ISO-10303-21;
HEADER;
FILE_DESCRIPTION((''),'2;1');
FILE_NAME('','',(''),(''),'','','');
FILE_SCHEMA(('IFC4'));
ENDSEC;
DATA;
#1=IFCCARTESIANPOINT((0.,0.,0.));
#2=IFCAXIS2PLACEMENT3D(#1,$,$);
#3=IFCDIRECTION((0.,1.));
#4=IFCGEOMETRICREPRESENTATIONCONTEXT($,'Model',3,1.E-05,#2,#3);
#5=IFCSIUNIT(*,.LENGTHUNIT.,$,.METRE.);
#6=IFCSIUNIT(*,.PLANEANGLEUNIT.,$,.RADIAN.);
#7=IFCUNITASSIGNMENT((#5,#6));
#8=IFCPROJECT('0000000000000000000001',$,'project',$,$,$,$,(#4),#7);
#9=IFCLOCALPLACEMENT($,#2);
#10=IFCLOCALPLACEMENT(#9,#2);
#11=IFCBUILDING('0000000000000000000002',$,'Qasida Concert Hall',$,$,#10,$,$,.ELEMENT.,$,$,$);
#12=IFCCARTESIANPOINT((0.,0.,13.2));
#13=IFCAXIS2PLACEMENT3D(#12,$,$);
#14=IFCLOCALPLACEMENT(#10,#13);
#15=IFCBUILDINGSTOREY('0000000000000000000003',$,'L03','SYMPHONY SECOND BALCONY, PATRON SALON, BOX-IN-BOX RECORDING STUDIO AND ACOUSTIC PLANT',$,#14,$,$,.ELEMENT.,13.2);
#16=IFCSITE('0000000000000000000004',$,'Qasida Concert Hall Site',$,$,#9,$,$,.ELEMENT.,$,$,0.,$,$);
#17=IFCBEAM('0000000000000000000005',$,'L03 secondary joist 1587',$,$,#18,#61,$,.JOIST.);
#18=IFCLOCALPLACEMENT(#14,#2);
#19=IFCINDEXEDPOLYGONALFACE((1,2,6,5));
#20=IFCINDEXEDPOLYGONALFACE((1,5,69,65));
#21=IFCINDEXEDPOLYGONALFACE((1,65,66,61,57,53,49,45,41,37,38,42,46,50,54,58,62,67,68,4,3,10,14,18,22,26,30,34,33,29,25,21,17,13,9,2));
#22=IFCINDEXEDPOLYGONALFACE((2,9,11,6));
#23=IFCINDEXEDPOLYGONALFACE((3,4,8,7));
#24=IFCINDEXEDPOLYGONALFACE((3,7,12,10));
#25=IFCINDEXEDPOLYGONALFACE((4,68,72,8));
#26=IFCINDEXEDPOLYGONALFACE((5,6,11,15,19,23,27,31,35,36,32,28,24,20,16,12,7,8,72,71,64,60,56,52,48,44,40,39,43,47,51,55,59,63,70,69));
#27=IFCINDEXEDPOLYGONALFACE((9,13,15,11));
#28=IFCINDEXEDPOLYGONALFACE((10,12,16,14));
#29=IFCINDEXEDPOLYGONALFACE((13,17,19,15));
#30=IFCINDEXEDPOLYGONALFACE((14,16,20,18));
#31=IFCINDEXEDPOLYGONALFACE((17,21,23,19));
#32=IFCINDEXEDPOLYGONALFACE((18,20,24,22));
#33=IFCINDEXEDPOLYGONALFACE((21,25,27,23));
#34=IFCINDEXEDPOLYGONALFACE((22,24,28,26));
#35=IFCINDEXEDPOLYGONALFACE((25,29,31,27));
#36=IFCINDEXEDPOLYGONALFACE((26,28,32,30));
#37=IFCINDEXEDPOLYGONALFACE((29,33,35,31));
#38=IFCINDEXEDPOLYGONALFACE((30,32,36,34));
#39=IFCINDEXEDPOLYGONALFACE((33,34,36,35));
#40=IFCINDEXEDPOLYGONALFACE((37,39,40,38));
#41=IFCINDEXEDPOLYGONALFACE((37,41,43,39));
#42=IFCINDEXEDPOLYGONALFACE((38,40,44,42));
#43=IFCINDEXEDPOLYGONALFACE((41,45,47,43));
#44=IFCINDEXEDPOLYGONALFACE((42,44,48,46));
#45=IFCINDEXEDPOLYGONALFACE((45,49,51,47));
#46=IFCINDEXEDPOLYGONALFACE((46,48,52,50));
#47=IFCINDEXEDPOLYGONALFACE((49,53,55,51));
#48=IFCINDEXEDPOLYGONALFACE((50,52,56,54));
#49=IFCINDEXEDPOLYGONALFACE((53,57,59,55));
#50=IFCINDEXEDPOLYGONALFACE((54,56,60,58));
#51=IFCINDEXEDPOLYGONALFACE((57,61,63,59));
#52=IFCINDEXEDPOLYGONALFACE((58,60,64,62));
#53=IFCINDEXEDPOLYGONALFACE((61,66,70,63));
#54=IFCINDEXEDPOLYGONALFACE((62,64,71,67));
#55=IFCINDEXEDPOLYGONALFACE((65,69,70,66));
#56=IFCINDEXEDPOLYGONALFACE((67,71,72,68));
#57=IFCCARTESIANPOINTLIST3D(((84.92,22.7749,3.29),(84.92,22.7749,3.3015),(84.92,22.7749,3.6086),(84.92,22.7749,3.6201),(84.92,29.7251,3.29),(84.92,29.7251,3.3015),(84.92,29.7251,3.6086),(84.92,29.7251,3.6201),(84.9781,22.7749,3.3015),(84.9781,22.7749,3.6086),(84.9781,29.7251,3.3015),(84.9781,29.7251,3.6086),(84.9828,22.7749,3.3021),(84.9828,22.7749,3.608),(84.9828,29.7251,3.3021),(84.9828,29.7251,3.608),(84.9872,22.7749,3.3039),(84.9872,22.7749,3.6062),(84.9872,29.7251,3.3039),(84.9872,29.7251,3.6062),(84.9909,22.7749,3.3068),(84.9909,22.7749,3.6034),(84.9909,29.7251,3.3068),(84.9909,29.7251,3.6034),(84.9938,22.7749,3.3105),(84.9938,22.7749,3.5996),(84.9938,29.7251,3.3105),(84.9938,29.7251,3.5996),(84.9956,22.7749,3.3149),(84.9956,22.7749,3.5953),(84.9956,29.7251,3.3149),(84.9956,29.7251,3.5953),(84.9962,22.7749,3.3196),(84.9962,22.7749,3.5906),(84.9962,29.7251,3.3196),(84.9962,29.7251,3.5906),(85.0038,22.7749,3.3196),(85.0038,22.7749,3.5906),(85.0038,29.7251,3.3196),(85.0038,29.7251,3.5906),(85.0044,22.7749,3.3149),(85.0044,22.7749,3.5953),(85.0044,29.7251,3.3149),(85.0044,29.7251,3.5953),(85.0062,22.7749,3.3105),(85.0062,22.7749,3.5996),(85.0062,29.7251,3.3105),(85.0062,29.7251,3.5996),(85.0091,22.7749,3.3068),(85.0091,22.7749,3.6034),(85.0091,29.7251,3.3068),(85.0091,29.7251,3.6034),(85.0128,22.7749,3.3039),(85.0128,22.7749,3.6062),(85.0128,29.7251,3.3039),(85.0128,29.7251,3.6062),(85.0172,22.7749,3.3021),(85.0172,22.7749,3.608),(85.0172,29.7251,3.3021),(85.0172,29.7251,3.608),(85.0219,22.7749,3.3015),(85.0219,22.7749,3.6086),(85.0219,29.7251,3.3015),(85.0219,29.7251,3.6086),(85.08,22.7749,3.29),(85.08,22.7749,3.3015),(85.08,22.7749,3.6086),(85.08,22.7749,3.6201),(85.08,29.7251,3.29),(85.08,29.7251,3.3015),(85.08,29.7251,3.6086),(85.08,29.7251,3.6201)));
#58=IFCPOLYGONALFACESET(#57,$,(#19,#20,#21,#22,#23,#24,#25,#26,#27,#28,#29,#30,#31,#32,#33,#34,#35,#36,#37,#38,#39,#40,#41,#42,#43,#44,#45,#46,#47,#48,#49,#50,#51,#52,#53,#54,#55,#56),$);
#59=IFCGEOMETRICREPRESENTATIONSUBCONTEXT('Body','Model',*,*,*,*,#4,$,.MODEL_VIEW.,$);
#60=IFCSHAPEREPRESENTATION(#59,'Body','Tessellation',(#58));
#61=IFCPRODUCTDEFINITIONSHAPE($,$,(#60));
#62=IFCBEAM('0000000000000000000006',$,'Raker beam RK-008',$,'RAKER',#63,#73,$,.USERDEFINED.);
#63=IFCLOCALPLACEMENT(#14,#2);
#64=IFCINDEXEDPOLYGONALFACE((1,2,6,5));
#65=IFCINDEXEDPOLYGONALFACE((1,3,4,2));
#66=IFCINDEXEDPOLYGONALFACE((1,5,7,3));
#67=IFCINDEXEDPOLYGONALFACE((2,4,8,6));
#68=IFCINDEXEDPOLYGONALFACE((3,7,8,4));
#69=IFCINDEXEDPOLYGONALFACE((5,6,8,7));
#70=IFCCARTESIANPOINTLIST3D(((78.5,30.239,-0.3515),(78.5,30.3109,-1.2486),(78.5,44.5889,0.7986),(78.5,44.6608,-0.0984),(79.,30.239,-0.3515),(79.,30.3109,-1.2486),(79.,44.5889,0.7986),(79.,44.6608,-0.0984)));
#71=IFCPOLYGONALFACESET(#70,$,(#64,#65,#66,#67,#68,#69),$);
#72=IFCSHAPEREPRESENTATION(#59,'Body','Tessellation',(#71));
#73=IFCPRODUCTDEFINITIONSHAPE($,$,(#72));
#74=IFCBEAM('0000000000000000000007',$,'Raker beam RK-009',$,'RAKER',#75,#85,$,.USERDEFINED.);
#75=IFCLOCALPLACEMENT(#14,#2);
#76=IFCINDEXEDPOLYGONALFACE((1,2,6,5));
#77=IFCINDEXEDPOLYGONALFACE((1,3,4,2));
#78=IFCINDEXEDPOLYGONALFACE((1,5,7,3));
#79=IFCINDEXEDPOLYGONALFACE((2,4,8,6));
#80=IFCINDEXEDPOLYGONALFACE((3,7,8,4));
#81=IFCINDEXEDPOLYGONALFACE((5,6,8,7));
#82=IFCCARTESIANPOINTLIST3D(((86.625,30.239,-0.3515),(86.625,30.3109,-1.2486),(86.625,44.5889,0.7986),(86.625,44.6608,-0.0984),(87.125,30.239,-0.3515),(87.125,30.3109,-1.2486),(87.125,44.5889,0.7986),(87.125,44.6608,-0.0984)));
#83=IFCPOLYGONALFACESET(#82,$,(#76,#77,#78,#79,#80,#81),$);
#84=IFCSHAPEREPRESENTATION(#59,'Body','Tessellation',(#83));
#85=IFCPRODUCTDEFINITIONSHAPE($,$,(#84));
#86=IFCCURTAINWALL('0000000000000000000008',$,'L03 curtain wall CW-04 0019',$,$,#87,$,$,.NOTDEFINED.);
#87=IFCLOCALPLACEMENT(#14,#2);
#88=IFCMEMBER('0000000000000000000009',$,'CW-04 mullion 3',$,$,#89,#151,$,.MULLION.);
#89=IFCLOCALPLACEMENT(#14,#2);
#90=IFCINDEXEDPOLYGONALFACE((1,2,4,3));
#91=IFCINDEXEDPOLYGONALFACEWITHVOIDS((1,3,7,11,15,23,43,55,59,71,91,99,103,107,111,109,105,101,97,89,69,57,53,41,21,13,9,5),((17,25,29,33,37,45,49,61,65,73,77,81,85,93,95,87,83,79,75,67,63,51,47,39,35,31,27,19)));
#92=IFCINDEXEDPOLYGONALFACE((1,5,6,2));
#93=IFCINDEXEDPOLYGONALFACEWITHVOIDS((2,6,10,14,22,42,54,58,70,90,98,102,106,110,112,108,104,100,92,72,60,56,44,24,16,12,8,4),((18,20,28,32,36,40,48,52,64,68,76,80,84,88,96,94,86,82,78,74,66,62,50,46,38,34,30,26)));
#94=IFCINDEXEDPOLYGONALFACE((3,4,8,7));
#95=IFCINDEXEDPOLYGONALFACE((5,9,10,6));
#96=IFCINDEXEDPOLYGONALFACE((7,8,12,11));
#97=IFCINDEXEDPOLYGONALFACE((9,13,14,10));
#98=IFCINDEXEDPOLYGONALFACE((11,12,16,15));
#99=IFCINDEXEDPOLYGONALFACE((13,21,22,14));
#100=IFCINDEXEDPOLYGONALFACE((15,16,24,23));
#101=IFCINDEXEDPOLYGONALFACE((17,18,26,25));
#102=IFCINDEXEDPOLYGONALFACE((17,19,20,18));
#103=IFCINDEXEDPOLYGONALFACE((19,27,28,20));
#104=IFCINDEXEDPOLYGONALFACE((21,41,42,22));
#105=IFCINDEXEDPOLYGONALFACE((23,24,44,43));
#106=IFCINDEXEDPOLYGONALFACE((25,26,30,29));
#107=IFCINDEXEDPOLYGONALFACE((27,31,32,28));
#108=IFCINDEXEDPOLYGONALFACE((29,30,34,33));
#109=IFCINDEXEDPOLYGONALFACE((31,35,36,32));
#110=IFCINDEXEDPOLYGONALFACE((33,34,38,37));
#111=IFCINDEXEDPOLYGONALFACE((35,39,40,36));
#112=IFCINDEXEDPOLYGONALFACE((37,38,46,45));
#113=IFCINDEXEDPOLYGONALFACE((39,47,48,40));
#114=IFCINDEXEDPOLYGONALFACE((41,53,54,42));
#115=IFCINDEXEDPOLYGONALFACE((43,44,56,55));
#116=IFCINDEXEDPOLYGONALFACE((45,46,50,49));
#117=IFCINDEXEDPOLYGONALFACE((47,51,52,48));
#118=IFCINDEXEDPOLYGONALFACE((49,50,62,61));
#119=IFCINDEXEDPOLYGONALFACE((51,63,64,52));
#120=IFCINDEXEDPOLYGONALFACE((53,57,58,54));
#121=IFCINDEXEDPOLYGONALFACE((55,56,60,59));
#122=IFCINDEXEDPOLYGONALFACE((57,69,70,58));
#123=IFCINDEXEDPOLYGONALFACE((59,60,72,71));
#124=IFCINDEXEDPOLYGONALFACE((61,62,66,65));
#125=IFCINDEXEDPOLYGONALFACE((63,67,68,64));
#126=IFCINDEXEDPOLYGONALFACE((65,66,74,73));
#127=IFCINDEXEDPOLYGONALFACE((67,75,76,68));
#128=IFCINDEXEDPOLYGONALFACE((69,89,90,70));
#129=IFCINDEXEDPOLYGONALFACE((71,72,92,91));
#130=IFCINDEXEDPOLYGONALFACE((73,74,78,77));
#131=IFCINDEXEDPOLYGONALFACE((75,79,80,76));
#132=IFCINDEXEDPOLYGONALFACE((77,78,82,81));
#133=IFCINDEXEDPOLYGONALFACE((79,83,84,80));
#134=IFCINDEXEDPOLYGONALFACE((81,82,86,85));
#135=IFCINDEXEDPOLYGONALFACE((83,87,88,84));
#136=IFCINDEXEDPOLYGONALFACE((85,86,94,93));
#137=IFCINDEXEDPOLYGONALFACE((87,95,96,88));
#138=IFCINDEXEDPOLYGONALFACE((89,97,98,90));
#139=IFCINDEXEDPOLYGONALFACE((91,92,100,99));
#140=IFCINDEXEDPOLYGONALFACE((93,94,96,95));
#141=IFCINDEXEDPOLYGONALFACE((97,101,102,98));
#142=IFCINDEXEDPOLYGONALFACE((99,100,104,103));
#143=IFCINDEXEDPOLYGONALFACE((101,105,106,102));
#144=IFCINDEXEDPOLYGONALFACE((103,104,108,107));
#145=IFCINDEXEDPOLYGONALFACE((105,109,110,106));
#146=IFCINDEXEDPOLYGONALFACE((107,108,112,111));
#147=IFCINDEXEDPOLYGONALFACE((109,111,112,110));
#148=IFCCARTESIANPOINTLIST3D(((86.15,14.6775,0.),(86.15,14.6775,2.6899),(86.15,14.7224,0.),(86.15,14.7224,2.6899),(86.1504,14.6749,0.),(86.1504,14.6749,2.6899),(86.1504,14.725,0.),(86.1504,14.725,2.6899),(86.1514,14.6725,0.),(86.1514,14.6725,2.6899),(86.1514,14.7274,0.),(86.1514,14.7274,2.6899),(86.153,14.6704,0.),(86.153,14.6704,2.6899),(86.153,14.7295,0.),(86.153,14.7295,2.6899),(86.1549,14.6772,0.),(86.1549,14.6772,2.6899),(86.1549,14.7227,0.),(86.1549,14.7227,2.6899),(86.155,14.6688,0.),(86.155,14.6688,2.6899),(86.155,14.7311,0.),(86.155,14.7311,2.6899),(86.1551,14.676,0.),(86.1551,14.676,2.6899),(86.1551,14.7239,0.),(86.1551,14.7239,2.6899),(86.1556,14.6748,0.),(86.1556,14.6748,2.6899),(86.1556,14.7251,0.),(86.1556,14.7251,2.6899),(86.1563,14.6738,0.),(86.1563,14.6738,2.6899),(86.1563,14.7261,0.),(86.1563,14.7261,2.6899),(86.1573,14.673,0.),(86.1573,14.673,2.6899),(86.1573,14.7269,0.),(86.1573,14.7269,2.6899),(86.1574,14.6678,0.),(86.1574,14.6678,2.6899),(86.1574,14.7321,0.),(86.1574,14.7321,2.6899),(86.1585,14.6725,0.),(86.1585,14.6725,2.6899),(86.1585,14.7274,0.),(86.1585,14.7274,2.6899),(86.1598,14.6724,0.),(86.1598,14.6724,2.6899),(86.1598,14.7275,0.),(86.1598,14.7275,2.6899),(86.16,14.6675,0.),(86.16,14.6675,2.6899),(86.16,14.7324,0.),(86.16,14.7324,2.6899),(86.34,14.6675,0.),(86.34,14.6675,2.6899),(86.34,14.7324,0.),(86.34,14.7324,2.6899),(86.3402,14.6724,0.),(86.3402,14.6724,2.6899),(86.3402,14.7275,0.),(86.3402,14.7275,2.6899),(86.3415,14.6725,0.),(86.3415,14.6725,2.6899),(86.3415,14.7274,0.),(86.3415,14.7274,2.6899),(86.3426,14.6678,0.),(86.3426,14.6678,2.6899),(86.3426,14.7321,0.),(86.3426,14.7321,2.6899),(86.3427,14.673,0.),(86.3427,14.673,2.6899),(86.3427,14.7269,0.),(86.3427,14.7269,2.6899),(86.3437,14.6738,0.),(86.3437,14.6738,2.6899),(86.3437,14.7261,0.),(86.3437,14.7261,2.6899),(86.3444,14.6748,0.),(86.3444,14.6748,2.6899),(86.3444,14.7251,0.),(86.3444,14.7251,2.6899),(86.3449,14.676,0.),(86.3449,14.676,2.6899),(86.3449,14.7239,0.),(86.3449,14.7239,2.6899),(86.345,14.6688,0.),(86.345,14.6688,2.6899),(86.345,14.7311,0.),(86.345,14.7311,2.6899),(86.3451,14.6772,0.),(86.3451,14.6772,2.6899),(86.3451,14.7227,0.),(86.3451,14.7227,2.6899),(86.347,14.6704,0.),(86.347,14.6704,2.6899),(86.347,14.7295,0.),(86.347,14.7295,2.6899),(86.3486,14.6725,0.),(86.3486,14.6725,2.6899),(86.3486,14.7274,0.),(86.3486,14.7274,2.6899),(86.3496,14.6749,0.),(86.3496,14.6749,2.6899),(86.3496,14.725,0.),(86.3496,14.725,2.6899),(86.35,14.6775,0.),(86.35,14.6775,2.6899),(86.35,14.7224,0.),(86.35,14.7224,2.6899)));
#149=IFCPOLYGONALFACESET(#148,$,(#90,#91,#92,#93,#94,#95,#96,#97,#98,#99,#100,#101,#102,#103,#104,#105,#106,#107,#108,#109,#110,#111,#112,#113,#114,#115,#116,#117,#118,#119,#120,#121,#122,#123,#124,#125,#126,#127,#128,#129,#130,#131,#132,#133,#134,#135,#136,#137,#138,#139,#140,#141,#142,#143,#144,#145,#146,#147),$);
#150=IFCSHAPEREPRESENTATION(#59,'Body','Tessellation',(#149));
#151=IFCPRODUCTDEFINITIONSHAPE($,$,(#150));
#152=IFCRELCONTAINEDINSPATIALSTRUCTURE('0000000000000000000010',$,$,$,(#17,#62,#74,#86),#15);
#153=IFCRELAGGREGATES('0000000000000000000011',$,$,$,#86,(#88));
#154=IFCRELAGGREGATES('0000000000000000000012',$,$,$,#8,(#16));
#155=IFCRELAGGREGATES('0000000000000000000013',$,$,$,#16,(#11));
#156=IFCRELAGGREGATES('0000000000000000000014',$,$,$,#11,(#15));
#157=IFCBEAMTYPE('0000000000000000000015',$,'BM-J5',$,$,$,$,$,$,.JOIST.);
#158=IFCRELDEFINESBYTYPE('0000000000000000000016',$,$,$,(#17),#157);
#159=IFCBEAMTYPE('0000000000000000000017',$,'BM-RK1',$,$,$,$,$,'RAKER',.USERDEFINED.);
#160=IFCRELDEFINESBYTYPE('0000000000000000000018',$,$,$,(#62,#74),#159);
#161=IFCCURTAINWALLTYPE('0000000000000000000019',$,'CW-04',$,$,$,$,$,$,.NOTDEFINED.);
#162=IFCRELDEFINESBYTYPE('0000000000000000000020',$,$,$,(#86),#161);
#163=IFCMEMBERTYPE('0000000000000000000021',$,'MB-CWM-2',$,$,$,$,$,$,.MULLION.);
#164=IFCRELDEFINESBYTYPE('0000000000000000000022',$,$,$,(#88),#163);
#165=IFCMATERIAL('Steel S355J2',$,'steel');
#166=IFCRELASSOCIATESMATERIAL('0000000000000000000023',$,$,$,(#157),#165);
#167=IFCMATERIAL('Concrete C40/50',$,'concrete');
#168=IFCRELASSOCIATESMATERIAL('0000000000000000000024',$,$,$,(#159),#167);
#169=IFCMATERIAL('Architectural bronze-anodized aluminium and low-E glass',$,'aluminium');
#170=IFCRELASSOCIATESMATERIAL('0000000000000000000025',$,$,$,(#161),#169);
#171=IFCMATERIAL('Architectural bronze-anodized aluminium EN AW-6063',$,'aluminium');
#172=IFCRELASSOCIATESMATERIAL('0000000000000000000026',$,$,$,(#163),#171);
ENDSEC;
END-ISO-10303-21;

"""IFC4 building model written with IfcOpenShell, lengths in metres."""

from ifc_helpers import new_model, si_unit, direction, frame, origin, origin_2d, place, context, subcontext, project, spatial, rectangle, hollow_rectangle, i_section, extrude, material, material_profile, profile_set, type_object, element, aggregate, save


model = new_model("IFC4")

# Units and contexts
model_context = context("Model", 3, precision=1e-05, world=origin(), true_north=direction((0.0, 1.0)))
body_context = subcontext(model_context, "Body", "Model", "MODEL_VIEW")
ifc_project = project(units=[si_unit("LENGTHUNIT", "METRE"), si_unit("PLANEANGLEUNIT", "RADIAN")], contexts=[model_context])

# Site, building, storey
site_placement = place(None, origin())
site = spatial("IfcSite", under=ifc_project, at=site_placement, Name="Qasida Concert Hall Site", CompositionType="ELEMENT", RefElevation=0.0)
building_placement = place(site_placement, origin())
building = spatial("IfcBuilding", under=site, at=building_placement, Name="Qasida Concert Hall", CompositionType="ELEMENT")
storey_placement = place(building_placement, frame((0.0, 0.0, 13.2)))
storey = spatial("IfcBuildingStorey", under=building, at=storey_placement, Name="L03", Description="SYMPHONY SECOND BALCONY, PATRON SALON, BOX-IN-BOX RECORDING STUDIO AND ACOUSTIC PLANT", CompositionType="ELEMENT", Elevation=13.2)

# Beams
ifc_material_1 = material(Name="Steel S355J2", Category="steel")
ifc_material_2 = material(Name="Concrete C40/50", Category="concrete")
ifc_material_profile_1 = material_profile(ifc_material_1, i_section(OverallWidth=0.1599, OverallDepth=0.3301, WebThickness=0.0076, FlangeThickness=0.0115, FilletRadius=0.0181, at=origin_2d()), Name="IPE 330")
ifc_profile_set_1 = profile_set([ifc_material_profile_1], Name="Steel S355J2")
beam_type_1 = type_object("IfcBeamType", Name="BM-J5", PredefinedType="JOIST", material=ifc_profile_set_1)
beam_1_placement = place(storey_placement, frame((85.0, 22.7749, 3.4551), z_axis=(0.0, 1.0, 0.0), x_axis=(-1.0, 0.0, 0.0)))
element("IfcBeam", 1, at=beam_1_placement, inside=storey, type_object=beam_type_1, Name="L03 secondary joist 1587", PredefinedType="JOIST", context=body_context, shape_type="SweptSolid", body=[
    extrude(i_section(OverallWidth=0.1599, OverallDepth=0.3301, WebThickness=0.0076, FlangeThickness=0.0115, FilletRadius=0.0181, at=origin_2d()), origin(), (0.0, 0.0, 1.0), 6.9502),
])
ifc_material_profile_2 = material_profile(ifc_material_2, rectangle(XDim=0.5, YDim=0.8999, at=origin_2d()), Name="RC 500x900")
ifc_profile_set_2 = profile_set([ifc_material_profile_2], Name="Concrete C40/50")
beam_type_2 = type_object("IfcBeamType", Name="BM-RK1", ElementType="RAKER", PredefinedType="USERDEFINED", material=ifc_profile_set_2)
for number, where, z_axis, x_axis, name in (
    (2, (78.75, 30.2749, -0.8), (0.0, 0.996803, 0.079893), (-1.0, 0.0, 0.0), "Raker beam RK-008"),
    (3, (86.875, 30.2749, -0.8), (0.0, 0.996803, 0.079893), (-1.0, 0.0, 0.0), "Raker beam RK-009"),
):
    element("IfcBeam", number, at=place(storey_placement, frame(where, z_axis=z_axis, x_axis=x_axis)), inside=storey, type_object=beam_type_2, Name=name, ObjectType="RAKER", PredefinedType="USERDEFINED", context=body_context, shape_type="SweptSolid", body=[
        extrude(rectangle(XDim=0.5, YDim=0.8999, at=origin_2d()), origin(), (0.0, 0.0, 1.0), 14.396),
    ])

# Curtain wall, member
ifc_material_3 = material(Name="Architectural bronze-anodized aluminium and low-E glass", Category="aluminium")
curtain_wall_type = type_object("IfcCurtainWallType", Name="CW-04", PredefinedType="NOTDEFINED", material=ifc_material_3)
curtain_wall_placement = place(storey_placement, origin())
curtain_wall = element("IfcCurtainWall", 4, at=curtain_wall_placement, inside=storey, type_object=curtain_wall_type, Name="L03 curtain wall CW-04 0019", PredefinedType="NOTDEFINED")
ifc_material_4 = material(Name="Architectural bronze-anodized aluminium EN AW-6063", Category="aluminium")
ifc_material_profile_3 = material_profile(ifc_material_4, hollow_rectangle(XDim=0.0649, YDim=0.2, WallThickness=0.0049, InnerFilletRadius=0.0049, OuterFilletRadius=0.01, at=origin_2d()), Name="CWM 200x65x5")
ifc_profile_set_3 = profile_set([ifc_material_profile_3], Name="Architectural bronze-anodized aluminium EN AW-6063")
member_type_1 = type_object("IfcMemberType", Name="MB-CWM-2", PredefinedType="MULLION", material=ifc_profile_set_3)
member_1_placement = place(storey_placement, frame((86.25, 14.7, 0.0), z_axis=(0.0, 0.0, 1.0), x_axis=(0.0, 1.0, 0.0)))
member_1 = element("IfcMember", 5, at=member_1_placement, type_object=member_type_1, Name="CW-04 mullion 3", PredefinedType="MULLION", context=body_context, shape_type="SweptSolid", body=[
    extrude(hollow_rectangle(XDim=0.0649, YDim=0.2, WallThickness=0.0049, InnerFilletRadius=0.0049, OuterFilletRadius=0.01, at=origin_2d()), origin(), (0.0, 0.0, 1.0), 2.6899),
])
aggregate(curtain_wall, [member_1])

save(model, "model.ifc")
